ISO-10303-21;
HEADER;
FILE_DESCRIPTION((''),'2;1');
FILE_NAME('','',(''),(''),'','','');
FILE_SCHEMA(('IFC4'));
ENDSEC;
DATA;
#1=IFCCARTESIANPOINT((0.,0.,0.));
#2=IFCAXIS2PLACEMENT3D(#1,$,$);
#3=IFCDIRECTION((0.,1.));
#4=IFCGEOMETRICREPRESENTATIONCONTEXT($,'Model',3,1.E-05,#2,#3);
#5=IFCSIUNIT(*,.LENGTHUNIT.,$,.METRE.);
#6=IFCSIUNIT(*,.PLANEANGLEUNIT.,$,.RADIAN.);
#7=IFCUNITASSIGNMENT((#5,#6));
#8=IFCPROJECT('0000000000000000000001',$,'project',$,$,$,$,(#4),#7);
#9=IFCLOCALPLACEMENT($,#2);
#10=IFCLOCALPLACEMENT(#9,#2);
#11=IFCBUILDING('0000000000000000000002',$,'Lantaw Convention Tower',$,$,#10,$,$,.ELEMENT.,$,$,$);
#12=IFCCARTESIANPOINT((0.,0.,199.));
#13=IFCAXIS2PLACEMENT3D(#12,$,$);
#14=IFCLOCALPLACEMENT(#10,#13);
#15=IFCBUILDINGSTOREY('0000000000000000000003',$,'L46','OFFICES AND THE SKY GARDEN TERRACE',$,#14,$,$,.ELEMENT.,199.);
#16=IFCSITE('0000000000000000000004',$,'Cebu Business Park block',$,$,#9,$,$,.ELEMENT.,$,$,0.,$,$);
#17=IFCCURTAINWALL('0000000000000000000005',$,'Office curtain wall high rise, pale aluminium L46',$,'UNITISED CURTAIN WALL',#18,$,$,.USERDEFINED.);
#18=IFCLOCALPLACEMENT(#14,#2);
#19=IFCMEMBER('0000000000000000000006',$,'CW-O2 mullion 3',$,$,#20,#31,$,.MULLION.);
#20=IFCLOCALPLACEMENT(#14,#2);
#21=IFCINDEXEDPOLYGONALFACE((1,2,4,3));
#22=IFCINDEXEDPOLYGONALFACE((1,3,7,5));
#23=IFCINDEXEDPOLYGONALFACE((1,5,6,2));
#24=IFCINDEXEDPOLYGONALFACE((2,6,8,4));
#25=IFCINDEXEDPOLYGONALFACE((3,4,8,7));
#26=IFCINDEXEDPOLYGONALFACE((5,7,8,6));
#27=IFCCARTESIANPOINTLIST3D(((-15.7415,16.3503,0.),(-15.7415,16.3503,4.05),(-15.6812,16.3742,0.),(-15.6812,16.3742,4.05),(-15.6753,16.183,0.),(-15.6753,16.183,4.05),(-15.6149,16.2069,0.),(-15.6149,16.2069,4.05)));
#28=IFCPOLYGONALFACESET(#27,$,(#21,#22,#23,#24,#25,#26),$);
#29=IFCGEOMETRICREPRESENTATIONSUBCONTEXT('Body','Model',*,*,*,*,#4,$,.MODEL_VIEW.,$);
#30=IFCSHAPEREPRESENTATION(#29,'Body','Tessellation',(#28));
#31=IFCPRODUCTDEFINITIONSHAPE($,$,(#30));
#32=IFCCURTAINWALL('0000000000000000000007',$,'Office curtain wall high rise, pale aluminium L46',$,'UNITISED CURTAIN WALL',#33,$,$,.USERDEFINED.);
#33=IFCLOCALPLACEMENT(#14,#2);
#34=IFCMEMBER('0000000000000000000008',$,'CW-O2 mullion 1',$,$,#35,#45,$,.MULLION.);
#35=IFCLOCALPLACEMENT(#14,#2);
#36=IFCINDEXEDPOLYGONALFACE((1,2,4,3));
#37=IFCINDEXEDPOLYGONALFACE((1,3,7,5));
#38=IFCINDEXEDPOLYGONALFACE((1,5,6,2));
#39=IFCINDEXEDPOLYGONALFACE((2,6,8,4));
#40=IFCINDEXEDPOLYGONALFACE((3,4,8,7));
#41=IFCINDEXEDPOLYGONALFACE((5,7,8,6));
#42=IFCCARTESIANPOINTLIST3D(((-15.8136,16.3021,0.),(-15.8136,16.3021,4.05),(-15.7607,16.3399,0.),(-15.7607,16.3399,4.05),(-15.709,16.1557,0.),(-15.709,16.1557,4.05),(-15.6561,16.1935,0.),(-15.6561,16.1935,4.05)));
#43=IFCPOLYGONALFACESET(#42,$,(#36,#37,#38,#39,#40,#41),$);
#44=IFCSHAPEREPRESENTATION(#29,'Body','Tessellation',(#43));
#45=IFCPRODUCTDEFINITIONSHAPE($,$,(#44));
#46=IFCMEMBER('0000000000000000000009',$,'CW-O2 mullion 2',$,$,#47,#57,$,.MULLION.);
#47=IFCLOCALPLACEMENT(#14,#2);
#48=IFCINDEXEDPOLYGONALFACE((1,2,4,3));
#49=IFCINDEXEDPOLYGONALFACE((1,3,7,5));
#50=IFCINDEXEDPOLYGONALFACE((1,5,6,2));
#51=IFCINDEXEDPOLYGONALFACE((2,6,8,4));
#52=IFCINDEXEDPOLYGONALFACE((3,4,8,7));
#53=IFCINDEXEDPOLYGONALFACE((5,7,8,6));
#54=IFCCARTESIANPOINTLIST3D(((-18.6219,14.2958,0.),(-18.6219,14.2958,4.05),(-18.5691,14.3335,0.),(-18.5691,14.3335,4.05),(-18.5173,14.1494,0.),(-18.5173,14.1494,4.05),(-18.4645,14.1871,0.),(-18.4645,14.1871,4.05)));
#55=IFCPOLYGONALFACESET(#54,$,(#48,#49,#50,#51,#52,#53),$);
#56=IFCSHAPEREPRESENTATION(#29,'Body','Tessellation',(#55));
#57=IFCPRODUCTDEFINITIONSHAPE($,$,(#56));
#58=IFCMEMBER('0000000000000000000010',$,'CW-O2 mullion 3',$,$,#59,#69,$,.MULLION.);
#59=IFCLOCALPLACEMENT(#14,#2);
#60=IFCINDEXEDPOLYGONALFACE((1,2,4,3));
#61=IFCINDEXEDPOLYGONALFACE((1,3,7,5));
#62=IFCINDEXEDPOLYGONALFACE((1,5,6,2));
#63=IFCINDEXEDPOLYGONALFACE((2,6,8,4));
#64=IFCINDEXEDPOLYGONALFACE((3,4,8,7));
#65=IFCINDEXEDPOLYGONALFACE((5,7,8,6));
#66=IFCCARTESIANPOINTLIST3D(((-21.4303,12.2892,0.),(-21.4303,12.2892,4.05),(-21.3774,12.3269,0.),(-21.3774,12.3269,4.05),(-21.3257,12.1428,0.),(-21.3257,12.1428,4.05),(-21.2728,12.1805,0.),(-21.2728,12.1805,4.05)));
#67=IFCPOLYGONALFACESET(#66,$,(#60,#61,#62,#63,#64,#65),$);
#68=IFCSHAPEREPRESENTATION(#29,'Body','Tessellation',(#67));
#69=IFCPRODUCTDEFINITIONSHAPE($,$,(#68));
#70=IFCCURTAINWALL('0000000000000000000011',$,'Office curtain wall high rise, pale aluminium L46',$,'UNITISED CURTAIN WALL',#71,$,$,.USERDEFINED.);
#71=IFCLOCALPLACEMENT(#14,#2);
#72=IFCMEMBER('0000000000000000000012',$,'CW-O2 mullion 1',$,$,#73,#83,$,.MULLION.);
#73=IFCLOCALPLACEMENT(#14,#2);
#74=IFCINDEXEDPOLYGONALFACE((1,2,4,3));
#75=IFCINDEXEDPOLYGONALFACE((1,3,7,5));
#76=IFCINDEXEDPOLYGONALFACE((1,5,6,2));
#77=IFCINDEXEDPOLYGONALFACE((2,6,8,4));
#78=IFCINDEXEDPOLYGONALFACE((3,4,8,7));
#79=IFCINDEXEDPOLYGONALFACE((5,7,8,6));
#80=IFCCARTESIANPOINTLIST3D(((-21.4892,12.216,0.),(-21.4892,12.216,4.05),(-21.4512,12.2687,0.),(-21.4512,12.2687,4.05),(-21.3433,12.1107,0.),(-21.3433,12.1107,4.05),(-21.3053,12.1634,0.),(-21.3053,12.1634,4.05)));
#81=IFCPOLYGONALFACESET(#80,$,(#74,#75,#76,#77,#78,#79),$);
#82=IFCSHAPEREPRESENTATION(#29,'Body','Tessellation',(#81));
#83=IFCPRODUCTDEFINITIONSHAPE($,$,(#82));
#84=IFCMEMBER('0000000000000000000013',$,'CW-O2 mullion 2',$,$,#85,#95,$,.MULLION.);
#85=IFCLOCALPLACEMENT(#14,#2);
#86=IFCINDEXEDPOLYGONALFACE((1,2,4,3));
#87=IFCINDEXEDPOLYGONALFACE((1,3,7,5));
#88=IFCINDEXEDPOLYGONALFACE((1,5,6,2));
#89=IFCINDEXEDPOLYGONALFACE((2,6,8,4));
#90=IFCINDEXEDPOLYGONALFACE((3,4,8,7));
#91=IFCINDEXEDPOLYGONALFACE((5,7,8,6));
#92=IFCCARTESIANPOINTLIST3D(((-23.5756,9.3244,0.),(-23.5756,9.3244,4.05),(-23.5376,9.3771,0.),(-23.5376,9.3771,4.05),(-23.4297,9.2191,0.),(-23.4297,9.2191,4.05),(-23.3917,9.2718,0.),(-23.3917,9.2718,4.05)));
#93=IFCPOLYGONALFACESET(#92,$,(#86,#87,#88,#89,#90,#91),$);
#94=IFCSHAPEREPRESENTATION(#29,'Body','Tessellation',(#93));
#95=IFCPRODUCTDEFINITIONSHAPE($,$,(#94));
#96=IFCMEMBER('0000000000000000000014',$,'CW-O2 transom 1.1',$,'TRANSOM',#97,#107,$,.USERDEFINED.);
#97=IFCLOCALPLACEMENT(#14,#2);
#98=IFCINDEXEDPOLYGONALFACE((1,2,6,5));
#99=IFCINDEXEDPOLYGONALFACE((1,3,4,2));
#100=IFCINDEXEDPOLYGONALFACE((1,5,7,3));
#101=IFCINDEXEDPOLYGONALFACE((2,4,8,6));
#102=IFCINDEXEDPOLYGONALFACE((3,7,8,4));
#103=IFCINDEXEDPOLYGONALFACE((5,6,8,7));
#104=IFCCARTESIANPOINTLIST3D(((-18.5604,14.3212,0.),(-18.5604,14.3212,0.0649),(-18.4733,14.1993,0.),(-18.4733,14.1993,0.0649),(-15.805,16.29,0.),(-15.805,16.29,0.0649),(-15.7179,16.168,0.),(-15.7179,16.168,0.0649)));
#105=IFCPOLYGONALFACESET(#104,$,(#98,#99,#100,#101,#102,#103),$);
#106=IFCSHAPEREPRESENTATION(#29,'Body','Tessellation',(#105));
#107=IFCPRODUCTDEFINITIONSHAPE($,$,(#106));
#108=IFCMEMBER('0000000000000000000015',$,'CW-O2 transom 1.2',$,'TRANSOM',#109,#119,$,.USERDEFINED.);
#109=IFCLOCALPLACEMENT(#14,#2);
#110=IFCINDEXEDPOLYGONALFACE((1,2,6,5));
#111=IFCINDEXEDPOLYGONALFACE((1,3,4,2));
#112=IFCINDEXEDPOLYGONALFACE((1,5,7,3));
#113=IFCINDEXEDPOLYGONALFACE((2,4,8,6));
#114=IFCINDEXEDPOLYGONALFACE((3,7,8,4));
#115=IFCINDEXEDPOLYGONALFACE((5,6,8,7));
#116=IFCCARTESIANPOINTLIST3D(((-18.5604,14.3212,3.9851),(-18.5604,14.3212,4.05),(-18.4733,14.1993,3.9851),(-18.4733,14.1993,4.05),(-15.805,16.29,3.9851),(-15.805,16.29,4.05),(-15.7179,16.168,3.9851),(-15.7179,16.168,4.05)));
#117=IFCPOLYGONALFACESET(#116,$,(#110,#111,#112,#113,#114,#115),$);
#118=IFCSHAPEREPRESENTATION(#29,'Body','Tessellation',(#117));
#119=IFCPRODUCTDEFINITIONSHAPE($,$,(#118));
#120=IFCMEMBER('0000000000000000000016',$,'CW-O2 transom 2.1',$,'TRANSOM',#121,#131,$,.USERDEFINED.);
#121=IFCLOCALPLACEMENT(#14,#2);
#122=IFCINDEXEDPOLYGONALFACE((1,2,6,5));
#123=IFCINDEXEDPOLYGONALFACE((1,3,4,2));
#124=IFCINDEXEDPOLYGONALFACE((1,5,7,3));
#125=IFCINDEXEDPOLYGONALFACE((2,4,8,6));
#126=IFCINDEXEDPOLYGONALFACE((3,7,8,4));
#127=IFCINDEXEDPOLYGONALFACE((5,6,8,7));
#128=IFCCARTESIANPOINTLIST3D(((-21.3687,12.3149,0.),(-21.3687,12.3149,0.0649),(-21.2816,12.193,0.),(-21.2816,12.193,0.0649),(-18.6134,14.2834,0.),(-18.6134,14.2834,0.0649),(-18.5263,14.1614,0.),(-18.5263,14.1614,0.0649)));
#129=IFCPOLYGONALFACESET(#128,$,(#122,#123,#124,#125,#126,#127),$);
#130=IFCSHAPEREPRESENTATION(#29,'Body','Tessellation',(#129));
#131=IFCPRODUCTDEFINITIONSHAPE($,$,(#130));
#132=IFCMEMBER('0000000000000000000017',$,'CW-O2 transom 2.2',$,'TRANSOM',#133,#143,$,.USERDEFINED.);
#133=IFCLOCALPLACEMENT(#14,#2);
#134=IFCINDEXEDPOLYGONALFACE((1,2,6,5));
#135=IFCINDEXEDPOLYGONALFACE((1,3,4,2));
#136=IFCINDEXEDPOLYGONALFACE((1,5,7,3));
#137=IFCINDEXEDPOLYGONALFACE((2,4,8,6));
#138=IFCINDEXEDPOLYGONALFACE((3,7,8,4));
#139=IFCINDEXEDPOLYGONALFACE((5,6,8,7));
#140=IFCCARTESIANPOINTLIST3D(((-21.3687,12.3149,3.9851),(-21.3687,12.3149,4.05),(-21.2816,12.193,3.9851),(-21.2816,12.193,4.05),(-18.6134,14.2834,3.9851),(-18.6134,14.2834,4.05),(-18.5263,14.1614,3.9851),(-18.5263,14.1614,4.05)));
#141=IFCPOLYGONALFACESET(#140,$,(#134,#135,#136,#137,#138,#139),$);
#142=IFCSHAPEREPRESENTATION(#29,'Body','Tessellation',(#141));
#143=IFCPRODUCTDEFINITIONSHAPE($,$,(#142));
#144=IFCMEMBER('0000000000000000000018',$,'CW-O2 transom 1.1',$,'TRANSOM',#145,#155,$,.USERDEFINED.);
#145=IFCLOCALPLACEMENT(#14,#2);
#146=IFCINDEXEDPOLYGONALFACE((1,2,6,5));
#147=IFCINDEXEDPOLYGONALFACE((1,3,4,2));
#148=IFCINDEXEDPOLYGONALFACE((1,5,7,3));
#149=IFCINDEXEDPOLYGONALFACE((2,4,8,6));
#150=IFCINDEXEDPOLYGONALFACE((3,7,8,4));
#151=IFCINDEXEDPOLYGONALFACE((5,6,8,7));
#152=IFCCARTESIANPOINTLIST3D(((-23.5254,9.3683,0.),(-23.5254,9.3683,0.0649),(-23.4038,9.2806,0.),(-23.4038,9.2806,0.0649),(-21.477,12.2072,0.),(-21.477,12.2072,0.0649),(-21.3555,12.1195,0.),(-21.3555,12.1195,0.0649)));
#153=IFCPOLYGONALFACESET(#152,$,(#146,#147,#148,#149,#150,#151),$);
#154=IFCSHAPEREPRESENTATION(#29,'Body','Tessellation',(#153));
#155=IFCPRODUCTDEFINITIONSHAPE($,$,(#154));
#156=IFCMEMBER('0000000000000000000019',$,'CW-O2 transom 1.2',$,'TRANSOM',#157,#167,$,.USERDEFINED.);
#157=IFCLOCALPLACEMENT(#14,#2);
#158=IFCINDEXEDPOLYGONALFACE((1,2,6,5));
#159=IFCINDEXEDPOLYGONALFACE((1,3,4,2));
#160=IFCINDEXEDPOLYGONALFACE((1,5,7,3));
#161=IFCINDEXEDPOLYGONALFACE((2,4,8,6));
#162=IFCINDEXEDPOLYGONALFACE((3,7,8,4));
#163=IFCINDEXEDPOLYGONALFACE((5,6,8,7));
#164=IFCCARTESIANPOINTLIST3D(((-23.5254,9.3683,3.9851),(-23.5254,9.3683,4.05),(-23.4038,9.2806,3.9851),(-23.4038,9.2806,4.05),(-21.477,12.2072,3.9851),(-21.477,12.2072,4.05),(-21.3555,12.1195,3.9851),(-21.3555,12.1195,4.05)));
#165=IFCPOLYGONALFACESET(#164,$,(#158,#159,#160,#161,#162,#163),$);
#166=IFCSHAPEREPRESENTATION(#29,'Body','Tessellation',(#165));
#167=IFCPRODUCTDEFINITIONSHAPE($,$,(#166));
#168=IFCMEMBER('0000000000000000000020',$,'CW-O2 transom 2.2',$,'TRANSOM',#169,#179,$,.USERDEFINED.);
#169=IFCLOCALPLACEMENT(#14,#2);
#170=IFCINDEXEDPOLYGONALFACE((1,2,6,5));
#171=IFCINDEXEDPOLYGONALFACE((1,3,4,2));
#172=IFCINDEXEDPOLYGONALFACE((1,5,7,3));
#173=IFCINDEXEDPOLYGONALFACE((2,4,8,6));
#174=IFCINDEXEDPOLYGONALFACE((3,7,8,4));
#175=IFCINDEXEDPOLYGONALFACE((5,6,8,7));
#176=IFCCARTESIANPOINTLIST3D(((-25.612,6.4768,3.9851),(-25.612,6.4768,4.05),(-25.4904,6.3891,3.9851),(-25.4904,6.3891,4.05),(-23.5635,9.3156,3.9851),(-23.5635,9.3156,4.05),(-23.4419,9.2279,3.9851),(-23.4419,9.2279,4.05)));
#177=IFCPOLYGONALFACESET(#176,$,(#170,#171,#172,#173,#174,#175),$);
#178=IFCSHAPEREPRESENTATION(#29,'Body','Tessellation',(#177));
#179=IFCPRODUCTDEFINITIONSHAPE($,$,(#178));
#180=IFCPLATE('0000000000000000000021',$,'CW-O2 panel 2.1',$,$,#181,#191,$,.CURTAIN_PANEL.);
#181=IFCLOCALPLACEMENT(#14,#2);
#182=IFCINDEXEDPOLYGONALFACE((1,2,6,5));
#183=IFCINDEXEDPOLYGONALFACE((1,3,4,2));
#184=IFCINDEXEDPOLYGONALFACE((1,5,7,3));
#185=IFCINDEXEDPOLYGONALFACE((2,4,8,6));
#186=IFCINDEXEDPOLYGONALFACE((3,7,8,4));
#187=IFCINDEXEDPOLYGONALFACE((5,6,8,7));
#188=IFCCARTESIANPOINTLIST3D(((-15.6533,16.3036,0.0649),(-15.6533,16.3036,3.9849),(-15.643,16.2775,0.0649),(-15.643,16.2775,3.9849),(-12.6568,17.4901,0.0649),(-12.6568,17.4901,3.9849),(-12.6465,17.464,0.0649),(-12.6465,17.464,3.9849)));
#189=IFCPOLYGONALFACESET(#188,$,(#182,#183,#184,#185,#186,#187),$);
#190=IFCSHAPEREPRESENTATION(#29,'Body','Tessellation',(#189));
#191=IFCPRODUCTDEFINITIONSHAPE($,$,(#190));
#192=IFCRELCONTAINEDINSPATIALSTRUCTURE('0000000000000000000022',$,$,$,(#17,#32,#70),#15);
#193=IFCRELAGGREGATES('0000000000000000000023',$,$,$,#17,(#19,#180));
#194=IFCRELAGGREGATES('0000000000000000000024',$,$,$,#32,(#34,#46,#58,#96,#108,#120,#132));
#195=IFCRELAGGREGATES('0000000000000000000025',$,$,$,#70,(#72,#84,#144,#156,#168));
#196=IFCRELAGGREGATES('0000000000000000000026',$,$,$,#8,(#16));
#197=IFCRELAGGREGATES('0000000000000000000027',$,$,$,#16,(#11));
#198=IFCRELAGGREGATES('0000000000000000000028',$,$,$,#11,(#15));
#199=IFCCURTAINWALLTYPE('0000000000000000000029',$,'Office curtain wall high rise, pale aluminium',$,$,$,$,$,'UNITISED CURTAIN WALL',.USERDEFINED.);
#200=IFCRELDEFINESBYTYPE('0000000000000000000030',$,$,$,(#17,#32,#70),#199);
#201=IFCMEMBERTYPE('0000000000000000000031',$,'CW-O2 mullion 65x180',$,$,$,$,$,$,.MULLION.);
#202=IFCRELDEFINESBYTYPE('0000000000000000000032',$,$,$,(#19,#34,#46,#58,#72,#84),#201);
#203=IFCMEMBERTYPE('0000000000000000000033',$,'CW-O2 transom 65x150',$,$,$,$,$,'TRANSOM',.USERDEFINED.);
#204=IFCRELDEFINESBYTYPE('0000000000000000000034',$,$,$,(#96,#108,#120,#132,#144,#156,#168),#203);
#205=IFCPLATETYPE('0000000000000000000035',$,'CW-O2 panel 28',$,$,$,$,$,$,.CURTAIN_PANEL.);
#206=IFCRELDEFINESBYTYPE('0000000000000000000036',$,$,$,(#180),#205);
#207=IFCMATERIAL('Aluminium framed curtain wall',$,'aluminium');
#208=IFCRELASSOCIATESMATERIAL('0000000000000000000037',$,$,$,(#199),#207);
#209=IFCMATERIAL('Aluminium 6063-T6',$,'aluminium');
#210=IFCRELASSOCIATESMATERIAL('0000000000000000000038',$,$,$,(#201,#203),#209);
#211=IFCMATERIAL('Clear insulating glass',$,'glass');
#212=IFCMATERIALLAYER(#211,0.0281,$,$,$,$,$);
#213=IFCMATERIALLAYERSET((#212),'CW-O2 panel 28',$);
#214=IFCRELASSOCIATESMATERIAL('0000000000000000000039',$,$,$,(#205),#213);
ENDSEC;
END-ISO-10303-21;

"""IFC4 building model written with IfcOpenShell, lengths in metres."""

from ifc_helpers import new_model, si_unit, direction, frame, origin, origin_2d, place, context, subcontext, project, spatial, rectangle, extrude, material, layer, layer_set, material_profile, profile_set, type_object, element, aggregate, save


model = new_model("IFC4")

# Units and contexts
model_context = context("Model", 3, precision=1e-05, world=origin(), true_north=direction((0.0, 1.0)))
body_context = subcontext(model_context, "Body", "Model", "MODEL_VIEW")
ifc_project = project(units=[si_unit("LENGTHUNIT", "METRE"), si_unit("PLANEANGLEUNIT", "RADIAN")], contexts=[model_context])

# Site, building, storey
site_placement = place(None, origin())
site = spatial("IfcSite", under=ifc_project, at=site_placement, Name="Cebu Business Park block", CompositionType="ELEMENT", RefElevation=0.0)
building_placement = place(site_placement, origin())
building = spatial("IfcBuilding", under=site, at=building_placement, Name="Lantaw Convention Tower", CompositionType="ELEMENT")
storey_placement = place(building_placement, frame((0.0, 0.0, 199.0)))
storey = spatial("IfcBuildingStorey", under=building, at=storey_placement, Name="L46", Description="OFFICES AND THE SKY GARDEN TERRACE", CompositionType="ELEMENT", Elevation=199.0)

# Curtain wall, member
ifc_material_1 = material(Name="Aluminium framed curtain wall", Category="aluminium")
curtain_wall_type = type_object("IfcCurtainWallType", Name="Office curtain wall high rise, pale aluminium", ElementType="UNITISED CURTAIN WALL", PredefinedType="USERDEFINED", material=ifc_material_1)
curtain_wall_1_placement = place(storey_placement, origin())
curtain_wall_1 = element("IfcCurtainWall", 1, at=curtain_wall_1_placement, inside=storey, type_object=curtain_wall_type, Name="Office curtain wall high rise, pale aluminium L46", ObjectType="UNITISED CURTAIN WALL", PredefinedType="USERDEFINED")
ifc_material_2 = material(Name="Aluminium 6063-T6", Category="aluminium")
ifc_material_profile_1 = material_profile(ifc_material_2, rectangle(XDim=0.1799, YDim=0.0649, at=origin_2d()), Name="CW-O2 mullion 65x180")
ifc_profile_set_1 = profile_set([ifc_material_profile_1], Name="Aluminium 6063-T6")
member_type_1 = type_object("IfcMemberType", Name="CW-O2 mullion 65x180", PredefinedType="MULLION", material=ifc_profile_set_1)
member_1_placement = place(storey_placement, frame((-15.6782, 16.2786, 0.0), z_axis=(0.0, 0.0, 1.0), x_axis=(0.368162, -0.929762, 0.0)))
member_1 = element("IfcMember", 2, at=member_1_placement, type_object=member_type_1, Name="CW-O2 mullion 3", PredefinedType="MULLION", context=body_context, shape_type="SweptSolid", body=[
    extrude(rectangle(XDim=0.1799, YDim=0.0649, at=origin_2d()), origin(), (0.0, 0.0, 1.0), 4.05),
])

# Curtain walls, members
curtain_wall_2_placement = place(storey_placement, origin())
curtain_wall_2 = element("IfcCurtainWall", 3, at=curtain_wall_2_placement, inside=storey, type_object=curtain_wall_type, Name="Office curtain wall high rise, pale aluminium L46", ObjectType="UNITISED CURTAIN WALL", PredefinedType="USERDEFINED")
member_2_placement = place(storey_placement, frame((-15.7349, 16.2478, 0.0), z_axis=(0.0, 0.0, 1.0), x_axis=(0.581323, -0.813673, 0.0)))
member_2 = element("IfcMember", 4, at=member_2_placement, type_object=member_type_1, Name="CW-O2 mullion 1", PredefinedType="MULLION", context=body_context, shape_type="SweptSolid", body=[
    extrude(rectangle(XDim=0.1799, YDim=0.0649, at=origin_2d()), origin(), (0.0, 0.0, 1.0), 4.05),
])
member_3_placement = place(storey_placement, frame((-18.5432, 14.2415, 0.0), z_axis=(0.0, 0.0, 1.0), x_axis=(0.581323, -0.813673, 0.0)))
member_3 = element("IfcMember", 5, at=member_3_placement, type_object=member_type_1, Name="CW-O2 mullion 2", PredefinedType="MULLION", context=body_context, shape_type="SweptSolid", body=[
    extrude(rectangle(XDim=0.1799, YDim=0.0649, at=origin_2d()), origin(), (0.0, 0.0, 1.0), 4.05),
])
member_4_placement = place(storey_placement, frame((-21.3516, 12.2349, 0.0), z_axis=(0.0, 0.0, 1.0), x_axis=(0.581323, -0.813673, 0.0)))
member_4 = element("IfcMember", 6, at=member_4_placement, type_object=member_type_1, Name="CW-O2 mullion 3", PredefinedType="MULLION", context=body_context, shape_type="SweptSolid", body=[
    extrude(rectangle(XDim=0.1799, YDim=0.0649, at=origin_2d()), origin(), (0.0, 0.0, 1.0), 4.05),
])
curtain_wall_3_placement = place(storey_placement, origin())
curtain_wall_3 = element("IfcCurtainWall", 7, at=curtain_wall_3_placement, inside=storey, type_object=curtain_wall_type, Name="Office curtain wall high rise, pale aluminium L46", ObjectType="UNITISED CURTAIN WALL", PredefinedType="USERDEFINED")
member_5_placement = place(storey_placement, frame((-21.3972, 12.1897, 0.0), z_axis=(0.0, 0.0, 1.0), x_axis=(0.81092, -0.585158, 0.0)))
member_5 = element("IfcMember", 8, at=member_5_placement, type_object=member_type_1, Name="CW-O2 mullion 1", PredefinedType="MULLION", context=body_context, shape_type="SweptSolid", body=[
    extrude(rectangle(XDim=0.1799, YDim=0.0649, at=origin_2d()), origin(), (0.0, 0.0, 1.0), 4.05),
])
member_6_placement = place(storey_placement, frame((-23.4836, 9.2981, 0.0), z_axis=(0.0, 0.0, 1.0), x_axis=(0.81092, -0.585158, 0.0)))
member_6 = element("IfcMember", 9, at=member_6_placement, type_object=member_type_1, Name="CW-O2 mullion 2", PredefinedType="MULLION", context=body_context, shape_type="SweptSolid", body=[
    extrude(rectangle(XDim=0.1799, YDim=0.0649, at=origin_2d()), origin(), (0.0, 0.0, 1.0), 4.05),
])

# Members
ifc_material_profile_2 = material_profile(ifc_material_2, rectangle(XDim=0.1499, YDim=0.0649, at=origin_2d()), Name="CW-O2 transom 65x150")
ifc_profile_set_2 = profile_set([ifc_material_profile_2], Name="Aluminium 6063-T6")
member_type_2 = type_object("IfcMemberType", Name="CW-O2 transom 65x150", ElementType="TRANSOM", PredefinedType="USERDEFINED", material=ifc_profile_set_2)
member_7_placement = place(storey_placement, frame((-15.7615, 16.229, 0.0325), z_axis=(-0.813646, -0.581361, 0.0), x_axis=(0.581361, -0.813646, 0.0)))
member_7 = element("IfcMember", 10, at=member_7_placement, type_object=member_type_2, Name="CW-O2 transom 1.1", ObjectType="TRANSOM", PredefinedType="USERDEFINED", context=body_context, shape_type="SweptSolid", body=[
    extrude(rectangle(XDim=0.1499, YDim=0.0649, at=origin_2d()), origin(), (0.0, 0.0, 1.0), 3.3865),
])
member_8_placement = place(storey_placement, frame((-15.7615, 16.229, 4.0176), z_axis=(-0.813646, -0.581361, 0.0), x_axis=(0.581361, -0.813646, 0.0)))
member_8 = element("IfcMember", 11, at=member_8_placement, type_object=member_type_2, Name="CW-O2 transom 1.2", ObjectType="TRANSOM", PredefinedType="USERDEFINED", context=body_context, shape_type="SweptSolid", body=[
    extrude(rectangle(XDim=0.1499, YDim=0.0649, at=origin_2d()), origin(), (0.0, 0.0, 1.0), 3.3865),
])
member_9_placement = place(storey_placement, frame((-18.5698, 14.2224, 0.0325), z_axis=(-0.81368, -0.581313, 0.0), x_axis=(0.581313, -0.81368, 0.0)))
member_9 = element("IfcMember", 12, at=member_9_placement, type_object=member_type_2, Name="CW-O2 transom 2.1", ObjectType="TRANSOM", PredefinedType="USERDEFINED", context=body_context, shape_type="SweptSolid", body=[
    extrude(rectangle(XDim=0.1499, YDim=0.0649, at=origin_2d()), origin(), (0.0, 0.0, 1.0), 3.3862),
])
member_10_placement = place(storey_placement, frame((-18.5698, 14.2224, 4.0176), z_axis=(-0.81368, -0.581313, 0.0), x_axis=(0.581313, -0.81368, 0.0)))
member_10 = element("IfcMember", 13, at=member_10_placement, type_object=member_type_2, Name="CW-O2 transom 2.2", ObjectType="TRANSOM", PredefinedType="USERDEFINED", context=body_context, shape_type="SweptSolid", body=[
    extrude(rectangle(XDim=0.1499, YDim=0.0649, at=origin_2d()), origin(), (0.0, 0.0, 1.0), 3.3862),
])
member_11_placement = place(storey_placement, frame((-21.4163, 12.1633, 0.0325), z_axis=(-0.585124, -0.810944, 0.0), x_axis=(0.810944, -0.585124, 0.0)))
member_11 = element("IfcMember", 14, at=member_11_placement, type_object=member_type_2, Name="CW-O2 transom 1.1", ObjectType="TRANSOM", PredefinedType="USERDEFINED", context=body_context, shape_type="SweptSolid", body=[
    extrude(rectangle(XDim=0.1499, YDim=0.0649, at=origin_2d()), origin(), (0.0, 0.0, 1.0), 3.5007),
])
member_12_placement = place(storey_placement, frame((-21.4163, 12.1633, 4.0176), z_axis=(-0.585124, -0.810944, 0.0), x_axis=(0.810944, -0.585124, 0.0)))
member_12 = element("IfcMember", 15, at=member_12_placement, type_object=member_type_2, Name="CW-O2 transom 1.2", ObjectType="TRANSOM", PredefinedType="USERDEFINED", context=body_context, shape_type="SweptSolid", body=[
    extrude(rectangle(XDim=0.1499, YDim=0.0649, at=origin_2d()), origin(), (0.0, 0.0, 1.0), 3.5007),
])
member_13_placement = place(storey_placement, frame((-23.5027, 9.2717, 4.0176), z_axis=(-0.58517, -0.810911, 0.0), x_axis=(0.810911, -0.58517, 0.0)))
member_13 = element("IfcMember", 16, at=member_13_placement, type_object=member_type_2, Name="CW-O2 transom 2.2", ObjectType="TRANSOM", PredefinedType="USERDEFINED", context=body_context, shape_type="SweptSolid", body=[
    extrude(rectangle(XDim=0.1499, YDim=0.0649, at=origin_2d()), origin(), (0.0, 0.0, 1.0), 3.5007),
])

# Plate
ifc_material_3 = material(Name="Clear insulating glass", Category="glass")
ifc_layer_1 = layer(ifc_material_3, 0.0281)
ifc_layer_set_1 = layer_set([ifc_layer_1], Name="CW-O2 panel 28")
plate_type_1 = type_object("IfcPlateType", Name="CW-O2 panel 28", PredefinedType="CURTAIN_PANEL", material=ifc_layer_set_1)
plate_1_placement = place(storey_placement, frame((-14.1499, 16.8838, 0.0649), z_axis=(0.0, 0.0, 1.0), x_axis=(-0.929762, -0.368162, 0.0)))
plate_1 = element("IfcPlate", 17, at=plate_1_placement, type_object=plate_type_1, Name="CW-O2 panel 2.1", PredefinedType="CURTAIN_PANEL", context=body_context, shape_type="SweptSolid", body=[
    extrude(rectangle(XDim=3.2229, YDim=0.0281, at=origin_2d()), origin(), (0.0, 0.0, 1.0), 3.9199),
])
aggregate(curtain_wall_1, [member_1, plate_1])
aggregate(curtain_wall_2, [member_2, member_3, member_4, member_7, member_8, member_9, member_10])
aggregate(curtain_wall_3, [member_5, member_6, member_11, member_12, member_13])

save(model, "model.ifc")
